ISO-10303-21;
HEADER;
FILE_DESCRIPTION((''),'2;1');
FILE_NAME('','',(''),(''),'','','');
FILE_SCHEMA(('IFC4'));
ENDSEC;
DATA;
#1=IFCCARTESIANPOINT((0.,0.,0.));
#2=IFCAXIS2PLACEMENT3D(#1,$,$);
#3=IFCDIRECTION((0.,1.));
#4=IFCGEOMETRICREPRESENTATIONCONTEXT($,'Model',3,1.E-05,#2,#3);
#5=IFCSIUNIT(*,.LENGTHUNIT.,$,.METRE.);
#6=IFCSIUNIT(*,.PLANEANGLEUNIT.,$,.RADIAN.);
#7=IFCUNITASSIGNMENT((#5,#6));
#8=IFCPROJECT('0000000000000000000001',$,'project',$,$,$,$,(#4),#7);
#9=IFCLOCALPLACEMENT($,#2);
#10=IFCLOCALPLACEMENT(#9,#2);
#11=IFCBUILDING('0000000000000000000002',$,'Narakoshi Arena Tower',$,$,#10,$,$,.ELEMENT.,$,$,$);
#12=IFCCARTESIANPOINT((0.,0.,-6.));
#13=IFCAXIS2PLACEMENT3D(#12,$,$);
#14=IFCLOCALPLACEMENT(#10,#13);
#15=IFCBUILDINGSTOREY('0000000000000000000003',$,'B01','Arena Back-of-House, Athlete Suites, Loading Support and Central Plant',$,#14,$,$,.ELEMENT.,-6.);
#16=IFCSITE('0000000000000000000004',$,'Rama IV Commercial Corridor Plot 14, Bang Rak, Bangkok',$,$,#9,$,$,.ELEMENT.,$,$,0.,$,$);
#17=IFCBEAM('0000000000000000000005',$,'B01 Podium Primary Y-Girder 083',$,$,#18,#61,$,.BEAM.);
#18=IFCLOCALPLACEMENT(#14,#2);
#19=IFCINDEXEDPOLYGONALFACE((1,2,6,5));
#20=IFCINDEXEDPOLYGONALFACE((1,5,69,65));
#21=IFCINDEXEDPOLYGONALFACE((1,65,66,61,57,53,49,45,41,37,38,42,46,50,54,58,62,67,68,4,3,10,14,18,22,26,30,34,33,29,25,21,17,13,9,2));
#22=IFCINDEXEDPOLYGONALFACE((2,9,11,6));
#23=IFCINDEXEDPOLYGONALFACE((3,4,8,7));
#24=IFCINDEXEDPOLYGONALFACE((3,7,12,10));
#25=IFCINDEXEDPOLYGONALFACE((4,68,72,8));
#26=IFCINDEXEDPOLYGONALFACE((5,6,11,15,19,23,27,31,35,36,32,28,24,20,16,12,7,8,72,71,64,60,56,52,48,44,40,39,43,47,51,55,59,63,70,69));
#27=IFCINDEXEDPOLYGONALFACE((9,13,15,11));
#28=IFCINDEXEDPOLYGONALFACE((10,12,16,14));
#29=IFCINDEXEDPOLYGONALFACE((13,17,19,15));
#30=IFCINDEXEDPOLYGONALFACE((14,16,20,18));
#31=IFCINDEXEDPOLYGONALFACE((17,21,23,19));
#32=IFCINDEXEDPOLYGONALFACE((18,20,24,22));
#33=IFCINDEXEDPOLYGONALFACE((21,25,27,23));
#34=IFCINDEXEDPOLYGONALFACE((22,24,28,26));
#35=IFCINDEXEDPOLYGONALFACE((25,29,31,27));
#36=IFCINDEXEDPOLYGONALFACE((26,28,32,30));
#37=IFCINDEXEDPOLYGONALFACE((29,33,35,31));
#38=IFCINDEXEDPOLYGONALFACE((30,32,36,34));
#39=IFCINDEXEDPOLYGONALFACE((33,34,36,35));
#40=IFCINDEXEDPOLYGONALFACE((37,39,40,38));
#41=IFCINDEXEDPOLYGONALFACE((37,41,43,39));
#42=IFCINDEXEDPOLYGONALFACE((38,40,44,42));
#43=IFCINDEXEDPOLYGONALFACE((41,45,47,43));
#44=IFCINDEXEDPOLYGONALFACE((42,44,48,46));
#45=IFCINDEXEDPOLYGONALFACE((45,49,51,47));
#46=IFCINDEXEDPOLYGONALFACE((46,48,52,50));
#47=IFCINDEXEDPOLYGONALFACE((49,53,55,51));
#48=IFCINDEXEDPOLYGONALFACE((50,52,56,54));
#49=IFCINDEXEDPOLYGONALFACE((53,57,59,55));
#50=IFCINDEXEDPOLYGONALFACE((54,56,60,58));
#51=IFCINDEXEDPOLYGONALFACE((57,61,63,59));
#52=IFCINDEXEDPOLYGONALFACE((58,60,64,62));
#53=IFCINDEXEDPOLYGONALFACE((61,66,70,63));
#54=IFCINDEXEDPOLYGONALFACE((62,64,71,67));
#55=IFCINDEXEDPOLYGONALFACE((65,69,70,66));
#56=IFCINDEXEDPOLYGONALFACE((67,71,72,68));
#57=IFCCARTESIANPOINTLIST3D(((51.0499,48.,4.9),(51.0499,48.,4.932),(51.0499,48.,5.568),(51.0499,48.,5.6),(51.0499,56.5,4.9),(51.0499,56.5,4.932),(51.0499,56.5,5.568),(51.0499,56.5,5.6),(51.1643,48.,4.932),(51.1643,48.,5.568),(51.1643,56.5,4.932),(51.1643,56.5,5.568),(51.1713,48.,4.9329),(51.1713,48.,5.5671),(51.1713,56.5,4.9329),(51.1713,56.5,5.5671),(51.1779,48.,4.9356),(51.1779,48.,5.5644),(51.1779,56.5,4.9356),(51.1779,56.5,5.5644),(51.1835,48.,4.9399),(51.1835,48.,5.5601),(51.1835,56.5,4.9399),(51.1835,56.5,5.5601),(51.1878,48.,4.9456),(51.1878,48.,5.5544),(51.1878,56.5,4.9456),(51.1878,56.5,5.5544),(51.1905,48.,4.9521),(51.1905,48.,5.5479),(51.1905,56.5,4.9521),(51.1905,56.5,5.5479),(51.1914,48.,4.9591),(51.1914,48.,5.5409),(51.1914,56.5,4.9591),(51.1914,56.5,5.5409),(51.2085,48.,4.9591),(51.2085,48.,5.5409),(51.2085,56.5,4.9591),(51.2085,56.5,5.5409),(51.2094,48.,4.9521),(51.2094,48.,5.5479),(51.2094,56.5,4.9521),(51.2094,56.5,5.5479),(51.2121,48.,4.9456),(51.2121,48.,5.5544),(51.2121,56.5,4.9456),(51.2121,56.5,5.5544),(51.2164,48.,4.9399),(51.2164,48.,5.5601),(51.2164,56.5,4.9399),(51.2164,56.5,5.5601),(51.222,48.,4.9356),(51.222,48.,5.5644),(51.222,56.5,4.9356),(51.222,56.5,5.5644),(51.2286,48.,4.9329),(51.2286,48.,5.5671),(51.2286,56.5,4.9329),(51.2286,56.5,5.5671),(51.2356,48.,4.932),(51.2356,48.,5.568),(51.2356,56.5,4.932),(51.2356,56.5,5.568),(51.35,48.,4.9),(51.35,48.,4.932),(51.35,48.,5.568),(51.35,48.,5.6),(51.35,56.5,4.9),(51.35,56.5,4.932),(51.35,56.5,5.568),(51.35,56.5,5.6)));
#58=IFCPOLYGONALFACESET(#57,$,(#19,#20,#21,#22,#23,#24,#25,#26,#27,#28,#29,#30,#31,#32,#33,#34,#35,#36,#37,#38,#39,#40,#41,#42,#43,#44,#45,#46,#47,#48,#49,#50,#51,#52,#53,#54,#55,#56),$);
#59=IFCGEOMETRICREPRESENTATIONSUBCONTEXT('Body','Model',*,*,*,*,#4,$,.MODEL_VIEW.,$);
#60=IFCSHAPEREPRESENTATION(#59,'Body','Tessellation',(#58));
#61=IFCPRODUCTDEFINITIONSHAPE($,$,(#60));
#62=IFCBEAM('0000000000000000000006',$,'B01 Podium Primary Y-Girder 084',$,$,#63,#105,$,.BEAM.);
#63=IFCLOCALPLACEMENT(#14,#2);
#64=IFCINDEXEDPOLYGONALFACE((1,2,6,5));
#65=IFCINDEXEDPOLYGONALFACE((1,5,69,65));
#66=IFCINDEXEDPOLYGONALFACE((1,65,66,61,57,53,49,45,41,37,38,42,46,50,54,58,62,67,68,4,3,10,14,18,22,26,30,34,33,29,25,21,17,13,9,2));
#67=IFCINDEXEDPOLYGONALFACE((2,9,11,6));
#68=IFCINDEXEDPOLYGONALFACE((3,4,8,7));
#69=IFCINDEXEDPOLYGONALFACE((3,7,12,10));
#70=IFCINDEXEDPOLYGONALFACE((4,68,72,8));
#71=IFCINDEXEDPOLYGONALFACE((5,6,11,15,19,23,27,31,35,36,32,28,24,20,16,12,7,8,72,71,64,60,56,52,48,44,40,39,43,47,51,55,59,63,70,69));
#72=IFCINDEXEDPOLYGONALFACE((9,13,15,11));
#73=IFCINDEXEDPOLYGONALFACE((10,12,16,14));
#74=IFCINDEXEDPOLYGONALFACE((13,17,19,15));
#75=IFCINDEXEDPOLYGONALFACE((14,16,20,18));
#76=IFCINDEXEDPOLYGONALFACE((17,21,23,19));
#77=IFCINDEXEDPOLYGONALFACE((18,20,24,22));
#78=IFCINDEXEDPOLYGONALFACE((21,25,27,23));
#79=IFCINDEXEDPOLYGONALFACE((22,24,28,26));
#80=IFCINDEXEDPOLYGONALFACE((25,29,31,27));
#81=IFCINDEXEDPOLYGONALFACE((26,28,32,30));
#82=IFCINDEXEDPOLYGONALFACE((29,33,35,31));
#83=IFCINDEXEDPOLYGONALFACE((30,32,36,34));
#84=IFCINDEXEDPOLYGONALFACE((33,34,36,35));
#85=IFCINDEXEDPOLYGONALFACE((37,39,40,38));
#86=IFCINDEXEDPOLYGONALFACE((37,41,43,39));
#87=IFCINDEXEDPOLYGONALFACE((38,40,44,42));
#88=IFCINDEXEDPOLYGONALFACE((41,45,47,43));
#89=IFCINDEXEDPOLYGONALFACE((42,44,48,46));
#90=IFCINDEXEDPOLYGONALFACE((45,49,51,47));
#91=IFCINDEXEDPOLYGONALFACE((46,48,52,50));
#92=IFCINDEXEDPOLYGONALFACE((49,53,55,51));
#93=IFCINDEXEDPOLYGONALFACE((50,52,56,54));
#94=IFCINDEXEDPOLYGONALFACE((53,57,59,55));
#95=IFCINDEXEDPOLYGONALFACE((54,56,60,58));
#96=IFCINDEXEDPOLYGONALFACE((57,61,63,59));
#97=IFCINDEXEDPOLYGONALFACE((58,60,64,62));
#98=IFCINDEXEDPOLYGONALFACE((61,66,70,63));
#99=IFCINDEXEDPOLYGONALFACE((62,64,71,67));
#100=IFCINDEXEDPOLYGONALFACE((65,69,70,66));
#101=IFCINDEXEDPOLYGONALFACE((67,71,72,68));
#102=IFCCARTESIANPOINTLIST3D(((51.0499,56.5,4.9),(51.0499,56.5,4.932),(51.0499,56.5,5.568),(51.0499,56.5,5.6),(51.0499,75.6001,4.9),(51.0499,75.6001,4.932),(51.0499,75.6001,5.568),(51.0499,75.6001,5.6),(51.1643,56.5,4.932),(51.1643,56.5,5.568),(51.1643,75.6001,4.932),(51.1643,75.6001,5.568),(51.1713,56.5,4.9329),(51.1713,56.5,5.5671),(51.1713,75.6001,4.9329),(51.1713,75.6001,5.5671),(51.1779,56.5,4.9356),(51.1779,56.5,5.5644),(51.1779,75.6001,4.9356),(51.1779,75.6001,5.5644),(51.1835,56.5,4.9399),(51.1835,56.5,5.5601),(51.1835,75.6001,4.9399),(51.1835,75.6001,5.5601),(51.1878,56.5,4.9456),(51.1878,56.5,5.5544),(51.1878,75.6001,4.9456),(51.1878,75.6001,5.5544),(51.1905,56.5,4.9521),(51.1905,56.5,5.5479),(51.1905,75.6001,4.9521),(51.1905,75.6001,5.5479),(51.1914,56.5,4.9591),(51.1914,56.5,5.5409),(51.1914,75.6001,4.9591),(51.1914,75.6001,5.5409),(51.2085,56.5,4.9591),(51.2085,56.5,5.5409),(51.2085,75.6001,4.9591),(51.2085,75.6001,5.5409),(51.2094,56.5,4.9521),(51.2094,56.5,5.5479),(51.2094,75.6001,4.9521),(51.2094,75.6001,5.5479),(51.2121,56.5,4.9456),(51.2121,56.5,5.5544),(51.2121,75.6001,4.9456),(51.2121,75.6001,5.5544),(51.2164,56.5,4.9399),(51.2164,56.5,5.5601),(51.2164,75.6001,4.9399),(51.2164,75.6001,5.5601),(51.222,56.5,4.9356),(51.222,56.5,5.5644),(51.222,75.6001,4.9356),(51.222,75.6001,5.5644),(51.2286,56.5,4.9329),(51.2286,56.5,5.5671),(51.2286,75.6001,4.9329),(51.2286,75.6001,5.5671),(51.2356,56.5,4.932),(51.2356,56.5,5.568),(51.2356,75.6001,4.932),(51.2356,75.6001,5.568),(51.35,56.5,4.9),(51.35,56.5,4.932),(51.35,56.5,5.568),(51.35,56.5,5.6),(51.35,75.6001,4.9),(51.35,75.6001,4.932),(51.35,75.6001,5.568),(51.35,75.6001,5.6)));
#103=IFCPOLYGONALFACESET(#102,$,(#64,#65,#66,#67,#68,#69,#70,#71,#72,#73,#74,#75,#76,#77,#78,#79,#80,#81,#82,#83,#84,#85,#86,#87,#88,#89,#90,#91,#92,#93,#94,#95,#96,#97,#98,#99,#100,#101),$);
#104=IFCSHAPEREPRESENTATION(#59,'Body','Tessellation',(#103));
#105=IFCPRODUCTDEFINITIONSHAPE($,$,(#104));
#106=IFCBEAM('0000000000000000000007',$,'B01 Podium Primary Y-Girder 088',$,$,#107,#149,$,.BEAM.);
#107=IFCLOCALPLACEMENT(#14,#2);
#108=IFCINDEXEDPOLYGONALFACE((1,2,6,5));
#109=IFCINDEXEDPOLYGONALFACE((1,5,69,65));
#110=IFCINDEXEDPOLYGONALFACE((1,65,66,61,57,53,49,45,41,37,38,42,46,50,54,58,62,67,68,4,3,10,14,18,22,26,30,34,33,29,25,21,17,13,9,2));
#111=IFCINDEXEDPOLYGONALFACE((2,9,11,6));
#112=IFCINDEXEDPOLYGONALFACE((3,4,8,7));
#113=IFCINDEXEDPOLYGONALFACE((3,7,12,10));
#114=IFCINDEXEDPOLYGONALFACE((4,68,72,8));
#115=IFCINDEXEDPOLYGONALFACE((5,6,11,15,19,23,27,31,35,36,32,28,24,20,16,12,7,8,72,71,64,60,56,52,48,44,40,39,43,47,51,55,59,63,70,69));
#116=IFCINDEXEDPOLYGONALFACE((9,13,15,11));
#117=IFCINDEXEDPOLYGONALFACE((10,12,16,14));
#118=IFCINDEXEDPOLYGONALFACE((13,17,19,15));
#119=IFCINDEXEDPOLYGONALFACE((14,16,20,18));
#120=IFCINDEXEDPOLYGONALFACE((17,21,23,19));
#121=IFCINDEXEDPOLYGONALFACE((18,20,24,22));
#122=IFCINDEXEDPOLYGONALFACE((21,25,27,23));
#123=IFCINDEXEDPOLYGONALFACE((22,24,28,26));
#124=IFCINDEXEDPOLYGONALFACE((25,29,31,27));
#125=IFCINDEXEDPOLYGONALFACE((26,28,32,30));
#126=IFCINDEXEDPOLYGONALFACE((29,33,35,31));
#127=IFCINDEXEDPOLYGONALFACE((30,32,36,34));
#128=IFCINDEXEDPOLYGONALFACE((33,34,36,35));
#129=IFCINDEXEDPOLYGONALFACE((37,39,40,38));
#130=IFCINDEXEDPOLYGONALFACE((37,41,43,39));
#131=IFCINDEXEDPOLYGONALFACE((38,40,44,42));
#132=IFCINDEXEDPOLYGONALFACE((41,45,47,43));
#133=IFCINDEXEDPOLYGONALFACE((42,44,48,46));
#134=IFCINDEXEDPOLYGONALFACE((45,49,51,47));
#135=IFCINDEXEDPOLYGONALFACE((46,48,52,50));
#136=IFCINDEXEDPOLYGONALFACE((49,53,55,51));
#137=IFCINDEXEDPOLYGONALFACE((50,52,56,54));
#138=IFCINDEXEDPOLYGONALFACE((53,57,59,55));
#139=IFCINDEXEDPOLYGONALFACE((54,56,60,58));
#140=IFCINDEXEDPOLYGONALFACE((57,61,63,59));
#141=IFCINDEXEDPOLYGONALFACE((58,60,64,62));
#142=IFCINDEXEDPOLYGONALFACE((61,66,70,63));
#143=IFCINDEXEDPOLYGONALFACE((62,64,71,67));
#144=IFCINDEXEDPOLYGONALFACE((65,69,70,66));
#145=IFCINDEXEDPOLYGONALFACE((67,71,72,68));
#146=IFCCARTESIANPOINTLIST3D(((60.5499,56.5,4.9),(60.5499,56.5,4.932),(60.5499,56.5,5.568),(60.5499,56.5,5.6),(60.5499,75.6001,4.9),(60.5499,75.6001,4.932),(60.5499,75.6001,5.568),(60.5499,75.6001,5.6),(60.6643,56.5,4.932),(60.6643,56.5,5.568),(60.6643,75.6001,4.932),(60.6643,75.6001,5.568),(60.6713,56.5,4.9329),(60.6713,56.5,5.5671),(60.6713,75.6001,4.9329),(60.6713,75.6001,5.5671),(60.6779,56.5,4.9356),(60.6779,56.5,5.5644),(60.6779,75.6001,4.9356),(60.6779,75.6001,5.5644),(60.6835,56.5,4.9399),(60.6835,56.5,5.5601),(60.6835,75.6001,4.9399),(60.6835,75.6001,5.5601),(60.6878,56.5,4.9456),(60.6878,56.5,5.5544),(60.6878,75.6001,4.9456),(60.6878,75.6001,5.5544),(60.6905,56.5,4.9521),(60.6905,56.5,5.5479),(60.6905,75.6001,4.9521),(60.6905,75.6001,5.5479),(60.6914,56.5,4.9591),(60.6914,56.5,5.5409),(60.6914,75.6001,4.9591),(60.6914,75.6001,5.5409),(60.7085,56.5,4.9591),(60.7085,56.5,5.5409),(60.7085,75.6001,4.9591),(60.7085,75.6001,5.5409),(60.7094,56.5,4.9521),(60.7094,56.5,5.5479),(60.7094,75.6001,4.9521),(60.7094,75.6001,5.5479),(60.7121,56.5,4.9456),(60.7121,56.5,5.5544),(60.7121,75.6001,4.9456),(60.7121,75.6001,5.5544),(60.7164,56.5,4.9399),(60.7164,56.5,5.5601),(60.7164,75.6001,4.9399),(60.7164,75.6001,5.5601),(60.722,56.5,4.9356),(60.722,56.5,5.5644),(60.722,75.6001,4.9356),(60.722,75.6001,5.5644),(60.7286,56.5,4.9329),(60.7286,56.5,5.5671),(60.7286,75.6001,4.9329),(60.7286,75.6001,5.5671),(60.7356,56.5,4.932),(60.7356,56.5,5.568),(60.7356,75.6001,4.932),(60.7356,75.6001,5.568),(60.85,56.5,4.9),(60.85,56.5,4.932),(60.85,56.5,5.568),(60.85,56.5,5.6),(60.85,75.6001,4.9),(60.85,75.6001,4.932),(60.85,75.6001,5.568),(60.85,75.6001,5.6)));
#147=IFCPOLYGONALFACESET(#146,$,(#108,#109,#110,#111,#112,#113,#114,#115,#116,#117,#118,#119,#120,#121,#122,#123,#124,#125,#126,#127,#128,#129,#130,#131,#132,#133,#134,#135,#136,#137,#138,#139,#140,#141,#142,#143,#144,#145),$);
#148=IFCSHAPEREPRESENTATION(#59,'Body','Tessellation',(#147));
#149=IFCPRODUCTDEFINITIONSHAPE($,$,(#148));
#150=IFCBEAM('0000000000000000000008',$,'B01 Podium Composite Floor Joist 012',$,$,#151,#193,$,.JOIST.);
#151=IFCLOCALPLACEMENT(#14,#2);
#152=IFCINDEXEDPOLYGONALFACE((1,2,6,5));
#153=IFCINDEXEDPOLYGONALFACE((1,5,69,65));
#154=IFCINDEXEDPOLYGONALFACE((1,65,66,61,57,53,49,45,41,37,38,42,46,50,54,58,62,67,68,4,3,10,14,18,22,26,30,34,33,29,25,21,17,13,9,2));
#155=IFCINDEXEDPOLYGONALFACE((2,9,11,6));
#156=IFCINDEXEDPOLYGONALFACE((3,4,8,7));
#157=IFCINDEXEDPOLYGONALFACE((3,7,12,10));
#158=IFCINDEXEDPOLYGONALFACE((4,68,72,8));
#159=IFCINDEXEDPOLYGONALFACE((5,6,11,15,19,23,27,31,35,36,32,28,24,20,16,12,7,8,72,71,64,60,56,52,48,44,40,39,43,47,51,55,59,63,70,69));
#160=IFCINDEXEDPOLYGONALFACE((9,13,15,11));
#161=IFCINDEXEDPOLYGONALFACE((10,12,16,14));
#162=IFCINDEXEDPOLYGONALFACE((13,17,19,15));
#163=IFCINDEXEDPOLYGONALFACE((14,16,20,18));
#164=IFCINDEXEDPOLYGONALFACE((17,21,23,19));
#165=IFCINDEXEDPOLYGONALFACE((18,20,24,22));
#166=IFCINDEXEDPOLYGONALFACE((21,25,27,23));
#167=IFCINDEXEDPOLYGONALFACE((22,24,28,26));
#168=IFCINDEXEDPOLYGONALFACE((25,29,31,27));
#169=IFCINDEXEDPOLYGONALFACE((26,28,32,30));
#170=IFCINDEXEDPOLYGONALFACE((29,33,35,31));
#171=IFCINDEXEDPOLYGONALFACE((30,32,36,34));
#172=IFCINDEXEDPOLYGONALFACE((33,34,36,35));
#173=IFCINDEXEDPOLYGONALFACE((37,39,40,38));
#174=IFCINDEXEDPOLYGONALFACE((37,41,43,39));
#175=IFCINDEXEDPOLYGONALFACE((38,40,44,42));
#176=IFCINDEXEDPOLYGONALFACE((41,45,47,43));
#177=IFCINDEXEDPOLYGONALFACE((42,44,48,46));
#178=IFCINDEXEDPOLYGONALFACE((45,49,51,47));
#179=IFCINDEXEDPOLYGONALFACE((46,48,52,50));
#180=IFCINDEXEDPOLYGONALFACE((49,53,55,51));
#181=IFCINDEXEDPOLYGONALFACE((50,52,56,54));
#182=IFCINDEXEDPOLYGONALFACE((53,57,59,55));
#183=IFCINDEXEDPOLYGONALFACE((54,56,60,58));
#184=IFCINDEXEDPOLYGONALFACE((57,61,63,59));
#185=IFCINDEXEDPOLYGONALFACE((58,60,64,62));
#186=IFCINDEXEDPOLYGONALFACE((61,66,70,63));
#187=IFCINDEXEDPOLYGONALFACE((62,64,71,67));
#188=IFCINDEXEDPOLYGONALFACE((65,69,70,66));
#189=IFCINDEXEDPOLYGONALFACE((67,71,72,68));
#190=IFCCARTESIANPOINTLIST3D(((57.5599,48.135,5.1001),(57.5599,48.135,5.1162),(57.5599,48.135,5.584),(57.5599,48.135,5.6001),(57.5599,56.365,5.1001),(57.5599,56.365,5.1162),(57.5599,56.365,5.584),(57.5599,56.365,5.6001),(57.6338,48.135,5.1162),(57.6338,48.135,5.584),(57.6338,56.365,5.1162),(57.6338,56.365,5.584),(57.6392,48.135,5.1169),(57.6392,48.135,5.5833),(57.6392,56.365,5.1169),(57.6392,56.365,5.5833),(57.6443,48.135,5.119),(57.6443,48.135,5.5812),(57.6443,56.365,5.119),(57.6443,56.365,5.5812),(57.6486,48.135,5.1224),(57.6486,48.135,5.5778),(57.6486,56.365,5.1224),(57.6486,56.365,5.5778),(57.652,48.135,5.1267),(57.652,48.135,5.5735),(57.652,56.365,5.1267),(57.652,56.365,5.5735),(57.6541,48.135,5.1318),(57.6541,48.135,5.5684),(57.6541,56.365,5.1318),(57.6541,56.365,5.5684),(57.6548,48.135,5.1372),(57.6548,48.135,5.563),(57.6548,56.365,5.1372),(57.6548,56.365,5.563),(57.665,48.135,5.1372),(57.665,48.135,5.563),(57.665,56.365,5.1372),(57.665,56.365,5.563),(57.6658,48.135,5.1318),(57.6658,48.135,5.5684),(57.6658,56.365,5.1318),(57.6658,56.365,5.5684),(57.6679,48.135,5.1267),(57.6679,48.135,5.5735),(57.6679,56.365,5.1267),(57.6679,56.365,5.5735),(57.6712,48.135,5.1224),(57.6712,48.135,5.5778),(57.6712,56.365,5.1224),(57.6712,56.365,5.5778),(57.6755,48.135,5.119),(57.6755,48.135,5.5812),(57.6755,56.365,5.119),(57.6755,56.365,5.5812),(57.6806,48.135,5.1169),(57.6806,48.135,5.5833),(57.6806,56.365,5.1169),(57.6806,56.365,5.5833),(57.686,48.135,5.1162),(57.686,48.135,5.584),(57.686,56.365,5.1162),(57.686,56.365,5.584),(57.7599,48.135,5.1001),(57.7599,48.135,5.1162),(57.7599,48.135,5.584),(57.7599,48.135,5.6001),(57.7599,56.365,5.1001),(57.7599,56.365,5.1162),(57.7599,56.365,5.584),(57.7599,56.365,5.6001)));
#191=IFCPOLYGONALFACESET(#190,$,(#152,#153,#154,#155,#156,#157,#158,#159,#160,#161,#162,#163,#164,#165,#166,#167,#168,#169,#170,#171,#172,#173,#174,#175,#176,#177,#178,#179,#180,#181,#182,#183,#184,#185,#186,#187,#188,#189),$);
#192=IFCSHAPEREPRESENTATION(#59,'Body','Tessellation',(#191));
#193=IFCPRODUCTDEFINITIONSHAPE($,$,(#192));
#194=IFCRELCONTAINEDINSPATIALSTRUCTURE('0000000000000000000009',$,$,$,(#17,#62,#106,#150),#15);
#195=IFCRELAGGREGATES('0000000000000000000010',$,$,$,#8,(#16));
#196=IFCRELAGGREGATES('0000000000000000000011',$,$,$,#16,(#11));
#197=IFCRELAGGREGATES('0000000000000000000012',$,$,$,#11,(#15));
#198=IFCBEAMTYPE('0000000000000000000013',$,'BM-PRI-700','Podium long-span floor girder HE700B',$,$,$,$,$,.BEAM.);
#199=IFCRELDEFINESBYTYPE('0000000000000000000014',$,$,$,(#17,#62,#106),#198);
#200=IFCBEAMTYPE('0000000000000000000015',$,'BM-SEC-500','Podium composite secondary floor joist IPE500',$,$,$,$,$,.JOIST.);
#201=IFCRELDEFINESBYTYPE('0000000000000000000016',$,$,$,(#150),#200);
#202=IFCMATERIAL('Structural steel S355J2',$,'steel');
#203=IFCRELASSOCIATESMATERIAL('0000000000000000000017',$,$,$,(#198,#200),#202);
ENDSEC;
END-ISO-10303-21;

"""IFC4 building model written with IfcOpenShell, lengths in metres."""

from ifc_helpers import new_model, si_unit, direction, frame, origin, origin_2d, place, context, subcontext, project, spatial, i_section, extrude, material, material_profile, profile_set, type_object, element, save


model = new_model("IFC4")

# Units and contexts
model_context = context("Model", 3, precision=1e-05, world=origin(), true_north=direction((0.0, 1.0)))
body_context = subcontext(model_context, "Body", "Model", "MODEL_VIEW")
ifc_project = project(units=[si_unit("LENGTHUNIT", "METRE"), si_unit("PLANEANGLEUNIT", "RADIAN")], contexts=[model_context])

# Site, building, storey
site_placement = place(None, origin())
site = spatial("IfcSite", under=ifc_project, at=site_placement, Name="Rama IV Commercial Corridor Plot 14, Bang Rak, Bangkok", CompositionType="ELEMENT", RefElevation=0.0)
building_placement = place(site_placement, origin())
building = spatial("IfcBuilding", under=site, at=building_placement, Name="Narakoshi Arena Tower", CompositionType="ELEMENT")
storey_placement = place(building_placement, frame((0.0, 0.0, -6.0)))
storey = spatial("IfcBuildingStorey", under=building, at=storey_placement, Name="B01", Description="Arena Back-of-House, Athlete Suites, Loading Support and Central Plant", CompositionType="ELEMENT", Elevation=-6.0)

# Beams
ifc_material_1 = material(Name="Structural steel S355J2", Category="steel")
ifc_material_profile_1 = material_profile(ifc_material_1, i_section(OverallWidth=0.3, OverallDepth=0.7, WebThickness=0.0171, FlangeThickness=0.032, FilletRadius=0.0271, at=origin_2d()), Name="HE700B")
ifc_profile_set_1 = profile_set([ifc_material_profile_1], Name="Structural steel S355J2")
beam_type_1 = type_object("IfcBeamType", Name="BM-PRI-700", Description="Podium long-span floor girder HE700B", PredefinedType="BEAM", material=ifc_profile_set_1)
beam_1_placement = place(storey_placement, frame((51.2, 48.0, 5.25), z_axis=(0.0, 1.0, 0.0), x_axis=(-1.0, 0.0, 0.0)))
element("IfcBeam", 1, at=beam_1_placement, inside=storey, type_object=beam_type_1, Name="B01 Podium Primary Y-Girder 083", PredefinedType="BEAM", context=body_context, shape_type="SweptSolid", body=[
    extrude(i_section(OverallWidth=0.3, OverallDepth=0.7, WebThickness=0.0171, FlangeThickness=0.032, FilletRadius=0.0271, at=origin_2d()), origin(), (0.0, 0.0, 1.0), 8.5),
])
for number, where, z_axis, x_axis, name in (
    (2, (51.2, 56.5, 5.25), (0.0, 1.0, 0.0), (-1.0, 0.0, 0.0), "B01 Podium Primary Y-Girder 084"),
    (3, (60.7, 56.5, 5.25), (0.0, 1.0, 0.0), (-1.0, 0.0, 0.0), "B01 Podium Primary Y-Girder 088"),
):
    element("IfcBeam", number, at=place(storey_placement, frame(where, z_axis=z_axis, x_axis=x_axis)), inside=storey, type_object=beam_type_1, Name=name, PredefinedType="BEAM", context=body_context, shape_type="SweptSolid", body=[
        extrude(i_section(OverallWidth=0.3, OverallDepth=0.7, WebThickness=0.0171, FlangeThickness=0.032, FilletRadius=0.0271, at=origin_2d()), origin(), (0.0, 0.0, 1.0), 19.1001),
    ])
ifc_material_profile_2 = material_profile(ifc_material_1, i_section(OverallWidth=0.2, OverallDepth=0.5, WebThickness=0.0103, FlangeThickness=0.0161, FilletRadius=0.021, at=origin_2d()), Name="IPE500")
ifc_profile_set_2 = profile_set([ifc_material_profile_2], Name="Structural steel S355J2")
beam_type_2 = type_object("IfcBeamType", Name="BM-SEC-500", Description="Podium composite secondary floor joist IPE500", PredefinedType="JOIST", material=ifc_profile_set_2)
beam_2_placement = place(storey_placement, frame((57.6599, 48.135, 5.3501), z_axis=(0.0, 1.0, 0.0), x_axis=(-1.0, 0.0, 0.0)))
element("IfcBeam", 4, at=beam_2_placement, inside=storey, type_object=beam_type_2, Name="B01 Podium Composite Floor Joist 012", PredefinedType="JOIST", context=body_context, shape_type="SweptSolid", body=[
    extrude(i_section(OverallWidth=0.2, OverallDepth=0.5, WebThickness=0.0103, FlangeThickness=0.0161, FilletRadius=0.021, at=origin_2d()), origin(), (0.0, 0.0, 1.0), 8.23),
])

save(model, "model.ifc")
